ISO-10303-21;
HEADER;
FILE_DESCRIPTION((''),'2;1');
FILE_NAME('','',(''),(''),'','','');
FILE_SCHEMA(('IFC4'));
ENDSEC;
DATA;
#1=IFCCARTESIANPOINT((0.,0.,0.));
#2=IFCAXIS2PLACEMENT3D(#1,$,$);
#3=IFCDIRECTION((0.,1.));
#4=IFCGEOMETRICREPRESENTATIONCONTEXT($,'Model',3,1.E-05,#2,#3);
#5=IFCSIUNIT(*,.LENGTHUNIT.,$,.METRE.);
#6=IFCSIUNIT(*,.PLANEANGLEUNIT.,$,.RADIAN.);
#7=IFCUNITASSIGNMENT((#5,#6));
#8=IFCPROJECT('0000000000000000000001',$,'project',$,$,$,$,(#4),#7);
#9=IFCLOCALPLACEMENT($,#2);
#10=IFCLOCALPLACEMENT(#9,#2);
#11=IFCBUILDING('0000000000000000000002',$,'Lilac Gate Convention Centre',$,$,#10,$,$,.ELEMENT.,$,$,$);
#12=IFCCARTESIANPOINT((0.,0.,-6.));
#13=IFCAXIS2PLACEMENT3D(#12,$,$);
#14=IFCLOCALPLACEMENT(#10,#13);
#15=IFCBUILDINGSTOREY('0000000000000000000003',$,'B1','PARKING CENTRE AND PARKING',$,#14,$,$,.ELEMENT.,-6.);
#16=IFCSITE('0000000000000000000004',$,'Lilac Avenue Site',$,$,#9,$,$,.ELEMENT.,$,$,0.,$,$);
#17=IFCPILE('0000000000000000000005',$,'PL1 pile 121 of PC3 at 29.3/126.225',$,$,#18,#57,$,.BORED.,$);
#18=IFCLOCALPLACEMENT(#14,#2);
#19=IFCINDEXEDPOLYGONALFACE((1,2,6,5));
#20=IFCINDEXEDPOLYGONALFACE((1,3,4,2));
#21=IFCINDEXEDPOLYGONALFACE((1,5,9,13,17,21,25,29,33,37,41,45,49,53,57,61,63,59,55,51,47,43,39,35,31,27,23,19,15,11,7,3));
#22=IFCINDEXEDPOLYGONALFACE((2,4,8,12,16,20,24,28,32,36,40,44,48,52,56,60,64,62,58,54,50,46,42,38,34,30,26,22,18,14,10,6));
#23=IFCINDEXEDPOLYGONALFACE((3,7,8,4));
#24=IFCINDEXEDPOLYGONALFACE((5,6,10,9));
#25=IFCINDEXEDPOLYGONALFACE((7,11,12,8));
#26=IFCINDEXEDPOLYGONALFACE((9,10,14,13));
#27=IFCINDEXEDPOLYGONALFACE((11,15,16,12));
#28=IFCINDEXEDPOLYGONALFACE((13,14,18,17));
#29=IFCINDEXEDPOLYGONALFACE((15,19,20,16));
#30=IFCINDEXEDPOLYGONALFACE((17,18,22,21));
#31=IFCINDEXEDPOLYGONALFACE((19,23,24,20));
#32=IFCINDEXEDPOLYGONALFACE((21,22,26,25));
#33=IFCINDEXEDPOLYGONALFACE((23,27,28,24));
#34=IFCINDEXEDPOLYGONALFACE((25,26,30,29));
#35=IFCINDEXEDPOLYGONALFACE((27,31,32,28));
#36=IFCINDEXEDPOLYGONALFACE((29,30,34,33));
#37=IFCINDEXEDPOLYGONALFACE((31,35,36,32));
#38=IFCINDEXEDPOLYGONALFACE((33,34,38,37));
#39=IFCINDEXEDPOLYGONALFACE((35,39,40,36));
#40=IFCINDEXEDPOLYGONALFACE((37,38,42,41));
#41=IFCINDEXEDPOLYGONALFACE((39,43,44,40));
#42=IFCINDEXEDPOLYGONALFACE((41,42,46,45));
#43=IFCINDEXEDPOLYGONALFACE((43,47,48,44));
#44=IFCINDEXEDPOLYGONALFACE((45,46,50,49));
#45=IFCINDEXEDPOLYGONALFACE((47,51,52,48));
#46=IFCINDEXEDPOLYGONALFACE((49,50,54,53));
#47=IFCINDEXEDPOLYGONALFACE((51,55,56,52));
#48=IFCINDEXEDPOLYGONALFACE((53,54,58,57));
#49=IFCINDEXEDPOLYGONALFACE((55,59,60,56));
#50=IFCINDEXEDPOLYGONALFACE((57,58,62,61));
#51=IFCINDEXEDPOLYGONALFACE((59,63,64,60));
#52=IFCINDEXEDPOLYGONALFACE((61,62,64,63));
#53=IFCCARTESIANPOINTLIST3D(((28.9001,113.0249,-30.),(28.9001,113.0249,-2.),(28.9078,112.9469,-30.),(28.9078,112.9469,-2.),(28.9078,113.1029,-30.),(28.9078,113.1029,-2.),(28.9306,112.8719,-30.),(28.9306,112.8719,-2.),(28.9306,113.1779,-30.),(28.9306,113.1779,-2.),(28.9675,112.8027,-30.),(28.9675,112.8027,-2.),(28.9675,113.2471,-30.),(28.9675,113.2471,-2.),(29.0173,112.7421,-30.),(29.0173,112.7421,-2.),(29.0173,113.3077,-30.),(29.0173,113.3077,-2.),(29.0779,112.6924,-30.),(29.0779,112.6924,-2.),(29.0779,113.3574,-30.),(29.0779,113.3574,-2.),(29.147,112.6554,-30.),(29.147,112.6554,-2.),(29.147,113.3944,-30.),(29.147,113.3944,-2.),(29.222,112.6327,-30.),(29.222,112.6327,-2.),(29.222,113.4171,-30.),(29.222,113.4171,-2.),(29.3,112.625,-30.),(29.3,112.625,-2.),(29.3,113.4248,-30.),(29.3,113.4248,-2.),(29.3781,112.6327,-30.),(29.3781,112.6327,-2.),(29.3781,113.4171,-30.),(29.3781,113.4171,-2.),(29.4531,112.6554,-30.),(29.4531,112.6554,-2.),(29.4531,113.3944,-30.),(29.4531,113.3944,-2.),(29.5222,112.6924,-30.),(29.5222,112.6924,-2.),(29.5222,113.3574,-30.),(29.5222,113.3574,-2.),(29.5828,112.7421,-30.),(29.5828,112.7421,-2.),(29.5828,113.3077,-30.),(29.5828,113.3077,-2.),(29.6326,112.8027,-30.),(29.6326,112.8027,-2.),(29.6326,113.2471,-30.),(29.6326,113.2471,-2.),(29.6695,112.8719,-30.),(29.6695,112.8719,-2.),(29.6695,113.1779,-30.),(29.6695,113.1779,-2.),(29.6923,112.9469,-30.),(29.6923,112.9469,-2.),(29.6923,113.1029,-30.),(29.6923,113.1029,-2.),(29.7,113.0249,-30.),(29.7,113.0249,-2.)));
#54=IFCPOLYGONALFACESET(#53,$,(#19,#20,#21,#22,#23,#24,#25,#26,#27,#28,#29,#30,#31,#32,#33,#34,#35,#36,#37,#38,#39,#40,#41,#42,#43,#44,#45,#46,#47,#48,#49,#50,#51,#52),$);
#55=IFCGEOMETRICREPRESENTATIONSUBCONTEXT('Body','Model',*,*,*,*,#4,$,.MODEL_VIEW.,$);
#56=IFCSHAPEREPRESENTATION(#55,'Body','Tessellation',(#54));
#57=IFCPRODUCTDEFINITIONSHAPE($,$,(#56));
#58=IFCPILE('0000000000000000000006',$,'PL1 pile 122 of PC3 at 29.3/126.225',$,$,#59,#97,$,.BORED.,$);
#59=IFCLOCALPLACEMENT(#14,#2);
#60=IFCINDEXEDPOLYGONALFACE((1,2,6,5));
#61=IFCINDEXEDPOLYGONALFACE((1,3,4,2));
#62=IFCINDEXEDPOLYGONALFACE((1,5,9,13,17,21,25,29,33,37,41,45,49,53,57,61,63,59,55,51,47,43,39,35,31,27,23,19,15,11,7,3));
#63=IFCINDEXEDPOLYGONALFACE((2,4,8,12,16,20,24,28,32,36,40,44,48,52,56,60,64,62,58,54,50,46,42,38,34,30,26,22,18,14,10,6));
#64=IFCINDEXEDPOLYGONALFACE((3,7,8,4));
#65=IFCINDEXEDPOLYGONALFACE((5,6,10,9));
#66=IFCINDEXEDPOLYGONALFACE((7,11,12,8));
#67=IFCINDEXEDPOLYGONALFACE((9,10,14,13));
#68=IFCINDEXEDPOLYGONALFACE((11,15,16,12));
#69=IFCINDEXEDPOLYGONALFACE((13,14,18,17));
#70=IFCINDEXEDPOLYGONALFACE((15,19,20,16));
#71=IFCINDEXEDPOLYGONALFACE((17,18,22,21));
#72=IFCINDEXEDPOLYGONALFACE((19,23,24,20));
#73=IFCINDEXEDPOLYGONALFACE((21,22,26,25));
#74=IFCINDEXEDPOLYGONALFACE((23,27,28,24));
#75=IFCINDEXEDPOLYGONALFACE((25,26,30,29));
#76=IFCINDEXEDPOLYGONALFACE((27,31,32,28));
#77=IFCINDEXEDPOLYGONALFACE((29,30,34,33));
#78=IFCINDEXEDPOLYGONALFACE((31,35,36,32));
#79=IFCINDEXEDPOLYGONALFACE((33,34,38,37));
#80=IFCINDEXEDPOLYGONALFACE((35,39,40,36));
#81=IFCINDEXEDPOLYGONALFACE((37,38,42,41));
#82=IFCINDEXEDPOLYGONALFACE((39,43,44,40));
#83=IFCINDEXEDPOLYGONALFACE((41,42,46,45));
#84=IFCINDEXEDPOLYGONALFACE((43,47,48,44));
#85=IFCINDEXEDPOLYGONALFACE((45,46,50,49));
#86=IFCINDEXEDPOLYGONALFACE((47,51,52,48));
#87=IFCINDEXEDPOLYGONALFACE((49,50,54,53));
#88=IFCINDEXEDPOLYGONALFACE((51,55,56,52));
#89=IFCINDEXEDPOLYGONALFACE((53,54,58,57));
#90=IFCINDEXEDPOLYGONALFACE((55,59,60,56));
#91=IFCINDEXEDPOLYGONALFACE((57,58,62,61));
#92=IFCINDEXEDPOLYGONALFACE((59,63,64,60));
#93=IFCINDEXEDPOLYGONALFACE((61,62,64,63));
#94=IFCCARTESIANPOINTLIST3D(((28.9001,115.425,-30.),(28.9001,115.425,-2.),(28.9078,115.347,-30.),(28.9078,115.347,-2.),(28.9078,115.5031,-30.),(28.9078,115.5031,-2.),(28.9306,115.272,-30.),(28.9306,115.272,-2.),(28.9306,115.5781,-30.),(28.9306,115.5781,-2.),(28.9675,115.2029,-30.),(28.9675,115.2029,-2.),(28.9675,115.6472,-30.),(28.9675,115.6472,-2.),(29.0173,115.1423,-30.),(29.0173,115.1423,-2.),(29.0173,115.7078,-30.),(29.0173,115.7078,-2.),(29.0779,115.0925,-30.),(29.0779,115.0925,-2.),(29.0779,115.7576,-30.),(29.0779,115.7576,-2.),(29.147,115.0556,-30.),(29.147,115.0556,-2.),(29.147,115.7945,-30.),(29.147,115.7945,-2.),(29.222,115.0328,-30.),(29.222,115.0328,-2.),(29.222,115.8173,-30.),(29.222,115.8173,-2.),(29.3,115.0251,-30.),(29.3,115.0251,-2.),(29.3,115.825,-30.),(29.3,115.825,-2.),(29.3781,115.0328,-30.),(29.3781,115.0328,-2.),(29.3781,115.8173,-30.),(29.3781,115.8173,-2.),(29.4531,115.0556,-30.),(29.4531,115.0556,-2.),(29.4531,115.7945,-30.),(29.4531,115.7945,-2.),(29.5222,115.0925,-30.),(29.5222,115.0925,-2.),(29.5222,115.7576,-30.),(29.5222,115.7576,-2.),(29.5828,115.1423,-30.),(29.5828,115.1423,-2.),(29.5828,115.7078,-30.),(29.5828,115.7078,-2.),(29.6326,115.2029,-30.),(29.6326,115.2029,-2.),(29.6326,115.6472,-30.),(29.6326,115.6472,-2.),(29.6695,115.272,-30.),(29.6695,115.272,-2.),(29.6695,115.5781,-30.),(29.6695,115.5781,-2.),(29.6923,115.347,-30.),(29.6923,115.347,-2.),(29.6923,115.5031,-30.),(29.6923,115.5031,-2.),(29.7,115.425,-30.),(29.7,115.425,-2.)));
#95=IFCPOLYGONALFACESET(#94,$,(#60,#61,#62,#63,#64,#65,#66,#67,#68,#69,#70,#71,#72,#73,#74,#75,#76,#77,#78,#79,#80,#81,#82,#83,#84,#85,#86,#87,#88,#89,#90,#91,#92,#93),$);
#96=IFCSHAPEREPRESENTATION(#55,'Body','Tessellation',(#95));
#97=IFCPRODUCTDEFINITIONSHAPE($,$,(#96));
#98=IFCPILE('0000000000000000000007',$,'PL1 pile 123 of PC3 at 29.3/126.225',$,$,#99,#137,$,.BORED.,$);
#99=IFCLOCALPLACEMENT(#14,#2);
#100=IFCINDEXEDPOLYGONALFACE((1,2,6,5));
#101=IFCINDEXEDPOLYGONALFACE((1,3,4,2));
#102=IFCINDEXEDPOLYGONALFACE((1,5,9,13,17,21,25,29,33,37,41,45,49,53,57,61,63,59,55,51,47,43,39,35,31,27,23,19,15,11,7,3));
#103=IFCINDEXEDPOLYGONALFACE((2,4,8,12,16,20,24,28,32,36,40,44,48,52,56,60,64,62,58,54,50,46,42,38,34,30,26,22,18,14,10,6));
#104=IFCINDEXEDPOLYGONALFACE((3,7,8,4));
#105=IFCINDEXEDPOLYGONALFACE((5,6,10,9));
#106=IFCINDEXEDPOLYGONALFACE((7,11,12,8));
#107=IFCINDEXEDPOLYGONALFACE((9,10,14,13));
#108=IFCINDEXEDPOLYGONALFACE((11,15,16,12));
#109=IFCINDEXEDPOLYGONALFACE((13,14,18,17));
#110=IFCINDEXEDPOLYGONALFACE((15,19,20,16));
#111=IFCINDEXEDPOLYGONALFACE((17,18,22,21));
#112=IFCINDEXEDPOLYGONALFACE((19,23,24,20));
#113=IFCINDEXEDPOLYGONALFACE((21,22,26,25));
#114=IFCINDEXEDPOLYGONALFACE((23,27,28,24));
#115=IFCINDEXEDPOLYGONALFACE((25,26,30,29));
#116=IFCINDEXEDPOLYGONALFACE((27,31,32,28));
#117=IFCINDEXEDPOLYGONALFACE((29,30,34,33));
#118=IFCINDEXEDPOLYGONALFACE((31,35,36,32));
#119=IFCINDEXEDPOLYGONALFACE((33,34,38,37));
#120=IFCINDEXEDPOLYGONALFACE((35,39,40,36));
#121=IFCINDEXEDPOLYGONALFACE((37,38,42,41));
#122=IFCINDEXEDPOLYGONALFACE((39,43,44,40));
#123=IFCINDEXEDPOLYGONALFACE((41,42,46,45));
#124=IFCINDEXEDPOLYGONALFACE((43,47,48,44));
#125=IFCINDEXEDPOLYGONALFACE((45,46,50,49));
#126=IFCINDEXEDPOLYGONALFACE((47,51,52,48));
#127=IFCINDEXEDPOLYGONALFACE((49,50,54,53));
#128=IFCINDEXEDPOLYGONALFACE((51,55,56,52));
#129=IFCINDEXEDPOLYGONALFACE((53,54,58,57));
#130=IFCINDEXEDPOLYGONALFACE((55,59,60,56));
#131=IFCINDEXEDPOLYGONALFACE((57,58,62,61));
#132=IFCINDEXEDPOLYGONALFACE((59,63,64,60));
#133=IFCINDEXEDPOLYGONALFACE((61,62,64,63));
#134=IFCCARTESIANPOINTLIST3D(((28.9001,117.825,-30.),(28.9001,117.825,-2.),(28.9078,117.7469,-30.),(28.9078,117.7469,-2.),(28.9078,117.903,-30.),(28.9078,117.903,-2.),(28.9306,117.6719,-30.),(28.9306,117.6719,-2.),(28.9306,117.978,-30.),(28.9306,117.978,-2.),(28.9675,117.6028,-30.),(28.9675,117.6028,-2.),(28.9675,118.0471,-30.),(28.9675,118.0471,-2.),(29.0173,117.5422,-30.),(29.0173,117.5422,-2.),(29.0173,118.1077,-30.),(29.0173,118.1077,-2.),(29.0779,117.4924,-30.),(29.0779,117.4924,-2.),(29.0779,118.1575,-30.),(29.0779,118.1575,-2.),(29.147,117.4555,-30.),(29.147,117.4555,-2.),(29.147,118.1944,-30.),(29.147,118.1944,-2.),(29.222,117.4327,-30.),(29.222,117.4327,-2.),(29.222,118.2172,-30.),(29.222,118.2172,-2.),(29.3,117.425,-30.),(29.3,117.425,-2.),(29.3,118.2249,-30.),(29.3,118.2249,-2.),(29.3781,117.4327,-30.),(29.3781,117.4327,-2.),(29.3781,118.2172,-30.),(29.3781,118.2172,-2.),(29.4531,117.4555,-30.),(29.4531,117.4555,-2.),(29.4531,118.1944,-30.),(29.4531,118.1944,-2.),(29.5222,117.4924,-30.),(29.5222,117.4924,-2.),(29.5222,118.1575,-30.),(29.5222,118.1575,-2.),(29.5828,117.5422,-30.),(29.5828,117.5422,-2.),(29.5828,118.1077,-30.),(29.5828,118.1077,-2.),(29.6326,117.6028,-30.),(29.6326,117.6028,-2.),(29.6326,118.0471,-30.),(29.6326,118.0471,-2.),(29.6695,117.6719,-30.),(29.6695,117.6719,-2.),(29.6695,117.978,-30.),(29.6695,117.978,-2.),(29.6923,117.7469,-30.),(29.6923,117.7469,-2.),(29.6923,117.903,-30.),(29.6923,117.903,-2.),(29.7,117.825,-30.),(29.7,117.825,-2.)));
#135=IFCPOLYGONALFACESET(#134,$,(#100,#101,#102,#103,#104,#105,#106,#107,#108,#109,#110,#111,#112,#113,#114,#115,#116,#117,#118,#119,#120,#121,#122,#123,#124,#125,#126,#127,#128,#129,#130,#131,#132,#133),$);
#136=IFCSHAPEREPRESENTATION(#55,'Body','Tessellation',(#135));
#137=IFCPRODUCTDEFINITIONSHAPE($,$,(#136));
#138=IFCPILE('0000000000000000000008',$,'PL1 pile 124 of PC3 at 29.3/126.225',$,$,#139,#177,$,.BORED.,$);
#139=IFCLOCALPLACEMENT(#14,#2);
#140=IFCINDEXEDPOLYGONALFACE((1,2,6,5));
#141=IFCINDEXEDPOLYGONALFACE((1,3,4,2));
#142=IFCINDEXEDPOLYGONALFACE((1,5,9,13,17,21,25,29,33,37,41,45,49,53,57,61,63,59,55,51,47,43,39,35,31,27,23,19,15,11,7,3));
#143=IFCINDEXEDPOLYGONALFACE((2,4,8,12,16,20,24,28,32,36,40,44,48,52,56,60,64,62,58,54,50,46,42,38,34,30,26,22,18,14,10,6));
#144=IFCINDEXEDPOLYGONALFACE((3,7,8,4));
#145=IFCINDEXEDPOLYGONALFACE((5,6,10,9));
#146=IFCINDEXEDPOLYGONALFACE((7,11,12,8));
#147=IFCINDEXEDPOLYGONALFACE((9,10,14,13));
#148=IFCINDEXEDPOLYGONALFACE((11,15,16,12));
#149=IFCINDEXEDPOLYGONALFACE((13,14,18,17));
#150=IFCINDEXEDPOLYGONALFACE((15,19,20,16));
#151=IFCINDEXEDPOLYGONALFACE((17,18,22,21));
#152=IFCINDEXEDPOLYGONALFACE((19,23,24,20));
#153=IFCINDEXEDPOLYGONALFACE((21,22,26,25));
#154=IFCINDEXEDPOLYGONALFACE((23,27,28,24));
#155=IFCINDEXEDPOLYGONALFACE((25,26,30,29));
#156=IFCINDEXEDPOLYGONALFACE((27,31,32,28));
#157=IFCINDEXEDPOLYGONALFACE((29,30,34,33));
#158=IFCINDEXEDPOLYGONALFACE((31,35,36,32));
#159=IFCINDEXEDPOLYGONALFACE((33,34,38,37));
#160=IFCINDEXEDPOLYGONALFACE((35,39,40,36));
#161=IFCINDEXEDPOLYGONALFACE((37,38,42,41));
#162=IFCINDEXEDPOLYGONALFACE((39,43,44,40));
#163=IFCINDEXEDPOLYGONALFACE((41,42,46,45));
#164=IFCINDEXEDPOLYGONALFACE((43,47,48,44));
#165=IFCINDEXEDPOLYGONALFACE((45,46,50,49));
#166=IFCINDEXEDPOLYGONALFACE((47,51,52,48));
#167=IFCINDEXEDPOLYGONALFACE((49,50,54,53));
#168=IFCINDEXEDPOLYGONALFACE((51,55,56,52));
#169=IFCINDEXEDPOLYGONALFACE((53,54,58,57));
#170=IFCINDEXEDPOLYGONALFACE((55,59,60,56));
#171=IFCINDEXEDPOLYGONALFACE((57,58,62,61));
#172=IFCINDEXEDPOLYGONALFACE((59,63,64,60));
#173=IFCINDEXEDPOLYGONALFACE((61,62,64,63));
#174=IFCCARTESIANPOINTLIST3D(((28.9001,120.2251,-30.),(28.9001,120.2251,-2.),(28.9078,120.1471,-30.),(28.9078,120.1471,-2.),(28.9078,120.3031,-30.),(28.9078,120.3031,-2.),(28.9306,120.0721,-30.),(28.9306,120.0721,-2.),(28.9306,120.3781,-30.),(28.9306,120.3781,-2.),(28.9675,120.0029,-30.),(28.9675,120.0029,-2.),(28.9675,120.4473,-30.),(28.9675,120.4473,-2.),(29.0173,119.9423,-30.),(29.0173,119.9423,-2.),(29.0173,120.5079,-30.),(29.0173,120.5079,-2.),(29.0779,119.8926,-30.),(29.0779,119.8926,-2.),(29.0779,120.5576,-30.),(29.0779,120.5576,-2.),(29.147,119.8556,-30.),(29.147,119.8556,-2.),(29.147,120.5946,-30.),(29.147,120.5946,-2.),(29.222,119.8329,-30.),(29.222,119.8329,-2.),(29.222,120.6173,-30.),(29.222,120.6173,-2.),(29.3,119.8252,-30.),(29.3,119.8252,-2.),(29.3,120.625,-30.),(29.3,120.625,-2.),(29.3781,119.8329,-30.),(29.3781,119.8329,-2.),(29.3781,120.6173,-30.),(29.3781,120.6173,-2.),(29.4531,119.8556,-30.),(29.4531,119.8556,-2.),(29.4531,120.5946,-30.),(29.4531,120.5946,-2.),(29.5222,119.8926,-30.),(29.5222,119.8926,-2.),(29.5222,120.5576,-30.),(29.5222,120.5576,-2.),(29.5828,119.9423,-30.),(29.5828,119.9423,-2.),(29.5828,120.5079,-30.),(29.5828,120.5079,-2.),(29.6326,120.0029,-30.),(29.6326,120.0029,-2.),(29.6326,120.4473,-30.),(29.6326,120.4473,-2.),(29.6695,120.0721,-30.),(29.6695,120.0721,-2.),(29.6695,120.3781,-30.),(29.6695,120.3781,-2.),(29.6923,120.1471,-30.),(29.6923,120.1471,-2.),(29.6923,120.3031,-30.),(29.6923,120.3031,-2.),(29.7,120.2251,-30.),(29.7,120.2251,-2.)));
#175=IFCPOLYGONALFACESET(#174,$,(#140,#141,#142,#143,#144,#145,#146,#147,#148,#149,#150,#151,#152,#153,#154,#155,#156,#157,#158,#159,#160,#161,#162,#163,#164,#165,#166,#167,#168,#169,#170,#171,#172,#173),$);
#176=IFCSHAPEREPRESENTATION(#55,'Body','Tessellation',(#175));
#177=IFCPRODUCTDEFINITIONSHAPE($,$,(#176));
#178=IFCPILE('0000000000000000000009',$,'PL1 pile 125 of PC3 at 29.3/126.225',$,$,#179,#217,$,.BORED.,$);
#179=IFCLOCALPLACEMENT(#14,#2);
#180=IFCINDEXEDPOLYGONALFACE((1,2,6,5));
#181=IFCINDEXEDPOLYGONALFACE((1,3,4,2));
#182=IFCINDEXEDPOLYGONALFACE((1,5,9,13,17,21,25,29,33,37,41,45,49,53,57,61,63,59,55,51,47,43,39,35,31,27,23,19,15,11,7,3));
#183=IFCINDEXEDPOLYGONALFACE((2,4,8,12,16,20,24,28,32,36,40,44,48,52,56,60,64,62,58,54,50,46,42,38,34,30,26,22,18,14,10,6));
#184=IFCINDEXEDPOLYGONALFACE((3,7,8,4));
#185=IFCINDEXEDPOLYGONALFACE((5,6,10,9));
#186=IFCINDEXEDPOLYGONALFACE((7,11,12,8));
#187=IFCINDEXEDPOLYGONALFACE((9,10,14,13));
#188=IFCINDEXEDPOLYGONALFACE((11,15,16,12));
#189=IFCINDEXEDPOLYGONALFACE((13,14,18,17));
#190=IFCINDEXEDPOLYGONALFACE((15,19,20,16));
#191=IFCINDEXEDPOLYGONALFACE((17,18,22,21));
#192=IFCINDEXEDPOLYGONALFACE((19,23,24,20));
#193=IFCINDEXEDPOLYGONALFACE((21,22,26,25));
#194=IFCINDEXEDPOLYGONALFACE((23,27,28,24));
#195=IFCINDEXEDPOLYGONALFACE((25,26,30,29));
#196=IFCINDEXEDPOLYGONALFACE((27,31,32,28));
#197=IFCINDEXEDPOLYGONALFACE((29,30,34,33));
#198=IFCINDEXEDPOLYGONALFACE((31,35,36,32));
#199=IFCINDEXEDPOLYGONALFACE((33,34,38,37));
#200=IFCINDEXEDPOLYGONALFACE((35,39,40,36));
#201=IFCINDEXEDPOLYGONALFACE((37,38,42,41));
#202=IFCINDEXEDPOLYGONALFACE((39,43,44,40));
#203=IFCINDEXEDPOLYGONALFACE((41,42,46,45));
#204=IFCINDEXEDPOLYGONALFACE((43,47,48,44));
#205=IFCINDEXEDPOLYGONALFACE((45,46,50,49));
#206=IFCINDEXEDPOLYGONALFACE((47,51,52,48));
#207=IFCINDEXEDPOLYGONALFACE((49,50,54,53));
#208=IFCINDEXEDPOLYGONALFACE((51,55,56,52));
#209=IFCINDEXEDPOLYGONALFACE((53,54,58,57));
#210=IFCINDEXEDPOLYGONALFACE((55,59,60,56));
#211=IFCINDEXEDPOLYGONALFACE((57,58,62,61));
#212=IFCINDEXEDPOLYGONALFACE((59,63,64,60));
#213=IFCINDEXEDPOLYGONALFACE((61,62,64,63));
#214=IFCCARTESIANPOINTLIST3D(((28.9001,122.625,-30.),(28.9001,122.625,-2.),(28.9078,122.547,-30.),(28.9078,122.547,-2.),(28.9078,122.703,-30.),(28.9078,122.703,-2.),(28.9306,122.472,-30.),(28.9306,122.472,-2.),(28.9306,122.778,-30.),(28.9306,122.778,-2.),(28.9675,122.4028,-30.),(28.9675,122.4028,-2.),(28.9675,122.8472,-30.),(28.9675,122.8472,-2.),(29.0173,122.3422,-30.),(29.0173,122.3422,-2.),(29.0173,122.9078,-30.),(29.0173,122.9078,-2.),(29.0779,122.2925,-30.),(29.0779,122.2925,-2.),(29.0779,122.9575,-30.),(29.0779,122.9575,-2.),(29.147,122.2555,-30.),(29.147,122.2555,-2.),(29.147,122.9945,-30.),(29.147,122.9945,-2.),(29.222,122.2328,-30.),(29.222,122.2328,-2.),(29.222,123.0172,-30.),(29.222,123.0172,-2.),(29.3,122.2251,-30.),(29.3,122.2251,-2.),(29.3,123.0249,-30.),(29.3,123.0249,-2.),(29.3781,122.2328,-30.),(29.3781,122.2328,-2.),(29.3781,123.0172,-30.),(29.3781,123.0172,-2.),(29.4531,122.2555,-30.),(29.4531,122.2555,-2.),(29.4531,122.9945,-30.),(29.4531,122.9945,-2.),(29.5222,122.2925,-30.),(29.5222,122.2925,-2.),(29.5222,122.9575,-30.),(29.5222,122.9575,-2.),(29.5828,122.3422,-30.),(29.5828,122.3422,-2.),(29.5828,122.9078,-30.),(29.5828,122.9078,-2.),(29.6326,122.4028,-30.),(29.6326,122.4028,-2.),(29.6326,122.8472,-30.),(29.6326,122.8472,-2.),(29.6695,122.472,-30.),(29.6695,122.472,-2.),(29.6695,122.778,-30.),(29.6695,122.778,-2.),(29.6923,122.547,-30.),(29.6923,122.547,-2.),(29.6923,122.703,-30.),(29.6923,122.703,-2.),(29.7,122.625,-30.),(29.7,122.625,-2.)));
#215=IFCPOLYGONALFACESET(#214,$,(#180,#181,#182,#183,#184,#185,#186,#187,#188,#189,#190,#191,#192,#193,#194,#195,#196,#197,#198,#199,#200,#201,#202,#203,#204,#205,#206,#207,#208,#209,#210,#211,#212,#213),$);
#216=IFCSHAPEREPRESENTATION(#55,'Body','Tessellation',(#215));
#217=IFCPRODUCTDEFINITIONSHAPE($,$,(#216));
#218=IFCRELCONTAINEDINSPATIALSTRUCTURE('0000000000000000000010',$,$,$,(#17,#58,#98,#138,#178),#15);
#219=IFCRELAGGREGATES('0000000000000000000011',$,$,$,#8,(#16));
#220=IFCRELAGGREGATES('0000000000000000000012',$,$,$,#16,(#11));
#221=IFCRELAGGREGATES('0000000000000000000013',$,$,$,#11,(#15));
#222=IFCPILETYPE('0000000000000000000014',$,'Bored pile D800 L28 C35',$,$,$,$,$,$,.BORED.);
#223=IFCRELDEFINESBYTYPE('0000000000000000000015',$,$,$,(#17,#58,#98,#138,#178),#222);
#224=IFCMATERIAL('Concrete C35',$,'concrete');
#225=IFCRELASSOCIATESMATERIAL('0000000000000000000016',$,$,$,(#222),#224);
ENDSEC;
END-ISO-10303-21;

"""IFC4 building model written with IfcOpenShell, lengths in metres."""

from ifc_helpers import new_model, si_unit, direction, frame, origin, origin_2d, place, context, subcontext, project, spatial, circle, extrude, material, material_profile, profile_set, type_object, element, save


model = new_model("IFC4")

# Units and contexts
model_context = context("Model", 3, precision=1e-05, world=origin(), true_north=direction((0.0, 1.0)))
body_context = subcontext(model_context, "Body", "Model", "MODEL_VIEW")
ifc_project = project(units=[si_unit("LENGTHUNIT", "METRE"), si_unit("PLANEANGLEUNIT", "RADIAN")], contexts=[model_context])

# Site, building, storey
site_placement = place(None, origin())
site = spatial("IfcSite", under=ifc_project, at=site_placement, Name="Lilac Avenue Site", CompositionType="ELEMENT", RefElevation=0.0)
building_placement = place(site_placement, origin())
building = spatial("IfcBuilding", under=site, at=building_placement, Name="Lilac Gate Convention Centre", CompositionType="ELEMENT")
storey_placement = place(building_placement, frame((0.0, 0.0, -6.0)))
storey = spatial("IfcBuildingStorey", under=building, at=storey_placement, Name="B1", Description="PARKING CENTRE AND PARKING", CompositionType="ELEMENT", Elevation=-6.0)

# Piles
ifc_material_1 = material(Name="Concrete C35", Category="concrete")
ifc_material_profile_1 = material_profile(ifc_material_1, circle(Radius=0.3999, at=origin_2d()), Name="D800")
ifc_profile_set_1 = profile_set([ifc_material_profile_1], Name="Concrete C35")
pile_type = type_object("IfcPileType", Name="Bored pile D800 L28 C35", PredefinedType="BORED", material=ifc_profile_set_1)
for number, where, z_axis, x_axis, name in (
    (1, (29.3, 113.0249, -2.0), (0.0, 0.0, -1.0), (1.0, 0.0, 0.0), "PL1 pile 121 of PC3 at 29.3/126.225"),
    (2, (29.3, 115.425, -2.0), (0.0, 0.0, -1.0), (1.0, 0.0, 0.0), "PL1 pile 122 of PC3 at 29.3/126.225"),
    (3, (29.3, 117.825, -2.0), (0.0, 0.0, -1.0), (1.0, 0.0, 0.0), "PL1 pile 123 of PC3 at 29.3/126.225"),
    (4, (29.3, 120.2251, -2.0), (0.0, 0.0, -1.0), (1.0, 0.0, 0.0), "PL1 pile 124 of PC3 at 29.3/126.225"),
    (5, (29.3, 122.625, -2.0), (0.0, 0.0, -1.0), (1.0, 0.0, 0.0), "PL1 pile 125 of PC3 at 29.3/126.225"),
):
    element("IfcPile", number, at=place(storey_placement, frame(where, z_axis=z_axis, x_axis=x_axis)), inside=storey, type_object=pile_type, Name=name, PredefinedType="BORED", context=body_context, shape_type="SweptSolid", body=[
        extrude(circle(Radius=0.3999, at=origin_2d()), origin(), (0.0, 0.0, 1.0), 28.0),
    ])

save(model, "model.ifc")
